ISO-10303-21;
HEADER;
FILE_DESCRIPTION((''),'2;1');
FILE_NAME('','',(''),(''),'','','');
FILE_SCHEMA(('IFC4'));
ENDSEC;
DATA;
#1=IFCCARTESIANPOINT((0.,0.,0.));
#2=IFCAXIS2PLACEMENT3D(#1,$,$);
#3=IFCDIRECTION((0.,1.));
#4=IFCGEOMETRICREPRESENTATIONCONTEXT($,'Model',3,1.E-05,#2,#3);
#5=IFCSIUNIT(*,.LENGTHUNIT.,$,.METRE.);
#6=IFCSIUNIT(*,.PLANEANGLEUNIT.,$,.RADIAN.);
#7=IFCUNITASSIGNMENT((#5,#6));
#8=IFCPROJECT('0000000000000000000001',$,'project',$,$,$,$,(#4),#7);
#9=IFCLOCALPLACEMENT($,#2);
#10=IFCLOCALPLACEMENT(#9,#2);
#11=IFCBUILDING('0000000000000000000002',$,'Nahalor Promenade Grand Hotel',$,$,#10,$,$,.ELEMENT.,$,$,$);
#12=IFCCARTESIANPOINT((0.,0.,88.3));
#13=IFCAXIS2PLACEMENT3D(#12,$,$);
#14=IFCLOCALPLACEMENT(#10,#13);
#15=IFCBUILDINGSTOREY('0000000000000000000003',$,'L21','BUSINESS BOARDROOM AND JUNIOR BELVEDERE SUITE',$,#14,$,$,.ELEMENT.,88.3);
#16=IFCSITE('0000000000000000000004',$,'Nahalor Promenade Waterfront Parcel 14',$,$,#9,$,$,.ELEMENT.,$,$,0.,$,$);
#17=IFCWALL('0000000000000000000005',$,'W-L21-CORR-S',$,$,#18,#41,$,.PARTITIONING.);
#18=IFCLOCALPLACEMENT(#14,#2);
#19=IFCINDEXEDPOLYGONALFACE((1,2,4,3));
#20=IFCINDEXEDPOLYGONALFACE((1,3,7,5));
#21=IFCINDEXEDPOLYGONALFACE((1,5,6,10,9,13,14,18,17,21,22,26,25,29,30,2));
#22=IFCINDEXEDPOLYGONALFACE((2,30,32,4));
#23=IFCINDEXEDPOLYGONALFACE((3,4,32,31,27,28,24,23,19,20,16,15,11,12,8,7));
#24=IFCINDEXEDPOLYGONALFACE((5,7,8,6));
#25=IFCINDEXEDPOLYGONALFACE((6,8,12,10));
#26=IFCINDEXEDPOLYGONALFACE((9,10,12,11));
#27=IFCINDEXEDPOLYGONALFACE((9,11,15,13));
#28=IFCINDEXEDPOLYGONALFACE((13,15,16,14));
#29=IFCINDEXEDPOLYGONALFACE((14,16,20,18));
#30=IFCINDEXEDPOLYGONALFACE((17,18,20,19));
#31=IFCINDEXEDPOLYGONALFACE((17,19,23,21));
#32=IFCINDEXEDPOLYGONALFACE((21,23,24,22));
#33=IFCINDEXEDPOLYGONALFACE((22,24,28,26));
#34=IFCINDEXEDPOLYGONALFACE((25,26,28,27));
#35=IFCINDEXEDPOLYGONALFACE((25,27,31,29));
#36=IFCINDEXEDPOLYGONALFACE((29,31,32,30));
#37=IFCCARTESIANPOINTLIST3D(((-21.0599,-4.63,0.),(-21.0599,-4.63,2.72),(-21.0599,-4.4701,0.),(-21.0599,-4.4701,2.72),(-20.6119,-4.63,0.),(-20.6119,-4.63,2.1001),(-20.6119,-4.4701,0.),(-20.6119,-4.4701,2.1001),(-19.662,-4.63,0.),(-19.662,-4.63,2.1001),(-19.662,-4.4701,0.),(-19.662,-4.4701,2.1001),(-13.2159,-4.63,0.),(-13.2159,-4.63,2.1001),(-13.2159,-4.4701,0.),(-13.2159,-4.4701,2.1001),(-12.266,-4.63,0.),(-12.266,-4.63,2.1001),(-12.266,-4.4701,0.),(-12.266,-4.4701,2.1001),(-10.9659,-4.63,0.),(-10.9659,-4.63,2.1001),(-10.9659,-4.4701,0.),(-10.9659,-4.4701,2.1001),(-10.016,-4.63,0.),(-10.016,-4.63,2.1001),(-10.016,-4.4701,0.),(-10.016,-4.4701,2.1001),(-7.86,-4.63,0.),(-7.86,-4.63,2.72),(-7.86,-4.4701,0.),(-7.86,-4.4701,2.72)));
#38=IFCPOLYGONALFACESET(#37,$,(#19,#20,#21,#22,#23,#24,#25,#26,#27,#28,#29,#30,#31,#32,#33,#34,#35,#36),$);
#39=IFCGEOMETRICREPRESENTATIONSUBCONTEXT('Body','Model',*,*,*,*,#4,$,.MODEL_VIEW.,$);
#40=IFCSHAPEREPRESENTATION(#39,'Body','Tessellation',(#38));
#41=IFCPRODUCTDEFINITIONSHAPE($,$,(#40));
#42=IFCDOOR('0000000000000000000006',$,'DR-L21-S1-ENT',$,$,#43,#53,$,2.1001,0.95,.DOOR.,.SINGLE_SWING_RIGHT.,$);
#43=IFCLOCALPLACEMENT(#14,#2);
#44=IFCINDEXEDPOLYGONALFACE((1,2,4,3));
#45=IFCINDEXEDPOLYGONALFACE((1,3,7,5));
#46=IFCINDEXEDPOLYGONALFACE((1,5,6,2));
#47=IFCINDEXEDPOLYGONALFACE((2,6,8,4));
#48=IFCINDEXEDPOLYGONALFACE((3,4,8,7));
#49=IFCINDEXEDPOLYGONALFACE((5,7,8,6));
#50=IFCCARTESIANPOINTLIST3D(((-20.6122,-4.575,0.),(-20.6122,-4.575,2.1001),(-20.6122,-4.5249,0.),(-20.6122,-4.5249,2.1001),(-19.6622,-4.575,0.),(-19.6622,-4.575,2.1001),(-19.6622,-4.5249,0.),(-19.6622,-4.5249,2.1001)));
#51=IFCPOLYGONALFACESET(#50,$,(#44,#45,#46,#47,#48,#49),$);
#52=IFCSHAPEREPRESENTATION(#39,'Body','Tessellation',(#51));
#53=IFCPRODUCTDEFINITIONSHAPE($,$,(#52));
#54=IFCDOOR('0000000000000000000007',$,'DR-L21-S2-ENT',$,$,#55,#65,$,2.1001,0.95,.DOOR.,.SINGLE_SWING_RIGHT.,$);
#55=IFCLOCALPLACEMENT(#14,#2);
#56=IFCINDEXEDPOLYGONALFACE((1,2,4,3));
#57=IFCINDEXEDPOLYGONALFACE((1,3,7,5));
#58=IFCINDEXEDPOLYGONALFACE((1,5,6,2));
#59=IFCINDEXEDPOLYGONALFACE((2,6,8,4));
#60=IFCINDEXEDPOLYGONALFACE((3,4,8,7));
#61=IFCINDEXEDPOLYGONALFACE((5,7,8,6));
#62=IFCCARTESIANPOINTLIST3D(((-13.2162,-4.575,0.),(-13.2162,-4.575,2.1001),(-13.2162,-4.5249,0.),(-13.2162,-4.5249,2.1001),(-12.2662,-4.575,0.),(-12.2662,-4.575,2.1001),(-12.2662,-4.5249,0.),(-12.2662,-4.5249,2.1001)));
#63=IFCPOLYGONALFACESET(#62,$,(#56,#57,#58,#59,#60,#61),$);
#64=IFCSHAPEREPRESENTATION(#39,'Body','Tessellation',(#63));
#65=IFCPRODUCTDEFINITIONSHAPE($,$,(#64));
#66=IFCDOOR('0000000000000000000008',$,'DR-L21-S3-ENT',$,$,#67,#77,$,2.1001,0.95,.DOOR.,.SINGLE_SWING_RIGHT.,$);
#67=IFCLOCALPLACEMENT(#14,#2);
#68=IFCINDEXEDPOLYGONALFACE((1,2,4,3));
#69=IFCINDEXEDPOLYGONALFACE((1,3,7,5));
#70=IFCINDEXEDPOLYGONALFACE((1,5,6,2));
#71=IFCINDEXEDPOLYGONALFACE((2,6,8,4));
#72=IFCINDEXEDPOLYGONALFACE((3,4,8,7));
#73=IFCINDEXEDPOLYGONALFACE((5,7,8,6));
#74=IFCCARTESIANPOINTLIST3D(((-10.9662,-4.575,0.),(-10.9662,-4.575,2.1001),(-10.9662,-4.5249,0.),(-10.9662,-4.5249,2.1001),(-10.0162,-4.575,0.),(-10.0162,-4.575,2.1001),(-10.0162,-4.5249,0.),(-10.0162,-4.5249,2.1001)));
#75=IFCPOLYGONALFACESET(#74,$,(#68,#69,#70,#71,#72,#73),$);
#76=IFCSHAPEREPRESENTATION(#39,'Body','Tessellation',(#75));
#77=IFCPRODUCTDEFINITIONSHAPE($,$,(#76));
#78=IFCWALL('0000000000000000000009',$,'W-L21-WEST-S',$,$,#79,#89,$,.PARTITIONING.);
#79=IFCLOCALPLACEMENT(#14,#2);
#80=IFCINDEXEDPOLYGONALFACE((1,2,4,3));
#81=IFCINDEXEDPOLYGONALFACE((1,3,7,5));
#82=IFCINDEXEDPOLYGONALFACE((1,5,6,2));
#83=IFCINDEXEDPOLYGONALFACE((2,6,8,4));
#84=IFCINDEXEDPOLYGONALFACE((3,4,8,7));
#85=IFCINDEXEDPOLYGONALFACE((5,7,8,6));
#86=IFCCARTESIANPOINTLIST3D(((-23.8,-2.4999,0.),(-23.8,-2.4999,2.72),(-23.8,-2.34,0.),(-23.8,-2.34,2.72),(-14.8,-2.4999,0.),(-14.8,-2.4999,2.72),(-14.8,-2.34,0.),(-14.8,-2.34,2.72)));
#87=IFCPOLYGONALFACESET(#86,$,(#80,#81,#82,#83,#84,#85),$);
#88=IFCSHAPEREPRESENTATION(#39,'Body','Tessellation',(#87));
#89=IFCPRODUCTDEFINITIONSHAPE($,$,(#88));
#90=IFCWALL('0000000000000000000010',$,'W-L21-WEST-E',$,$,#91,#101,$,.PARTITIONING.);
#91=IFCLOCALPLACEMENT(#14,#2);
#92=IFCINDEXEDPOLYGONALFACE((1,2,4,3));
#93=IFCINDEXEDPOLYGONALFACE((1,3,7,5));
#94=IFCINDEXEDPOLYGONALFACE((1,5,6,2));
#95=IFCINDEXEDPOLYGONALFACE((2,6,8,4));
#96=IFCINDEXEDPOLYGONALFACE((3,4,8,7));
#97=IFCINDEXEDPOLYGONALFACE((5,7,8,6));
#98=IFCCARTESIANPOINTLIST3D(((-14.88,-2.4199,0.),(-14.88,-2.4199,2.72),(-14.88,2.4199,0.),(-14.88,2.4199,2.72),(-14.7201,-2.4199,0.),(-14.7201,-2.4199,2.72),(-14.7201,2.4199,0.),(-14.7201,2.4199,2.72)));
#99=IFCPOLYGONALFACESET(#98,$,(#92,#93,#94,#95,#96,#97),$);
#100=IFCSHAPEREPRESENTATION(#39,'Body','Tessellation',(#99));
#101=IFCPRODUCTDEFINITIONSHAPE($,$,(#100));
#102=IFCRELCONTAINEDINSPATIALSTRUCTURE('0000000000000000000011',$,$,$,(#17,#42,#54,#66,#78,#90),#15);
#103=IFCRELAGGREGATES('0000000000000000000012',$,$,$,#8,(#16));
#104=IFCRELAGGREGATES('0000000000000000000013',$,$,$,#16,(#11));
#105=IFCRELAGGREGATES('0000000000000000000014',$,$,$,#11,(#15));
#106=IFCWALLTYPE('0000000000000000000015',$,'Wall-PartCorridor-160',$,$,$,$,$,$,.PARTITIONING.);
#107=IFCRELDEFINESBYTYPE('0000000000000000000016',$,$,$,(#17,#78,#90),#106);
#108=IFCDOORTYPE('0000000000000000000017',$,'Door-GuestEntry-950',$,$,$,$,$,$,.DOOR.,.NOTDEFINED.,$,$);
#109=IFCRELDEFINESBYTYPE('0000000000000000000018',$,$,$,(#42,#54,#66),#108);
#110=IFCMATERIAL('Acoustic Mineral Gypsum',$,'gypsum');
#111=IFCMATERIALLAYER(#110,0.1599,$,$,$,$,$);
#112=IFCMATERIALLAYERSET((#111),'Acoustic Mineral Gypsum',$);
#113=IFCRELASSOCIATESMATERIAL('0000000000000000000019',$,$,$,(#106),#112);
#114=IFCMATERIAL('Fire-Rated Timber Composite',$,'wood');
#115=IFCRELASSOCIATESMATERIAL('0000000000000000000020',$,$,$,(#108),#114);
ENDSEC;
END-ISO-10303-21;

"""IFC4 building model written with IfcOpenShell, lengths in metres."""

from ifc_helpers import new_model, si_unit, direction, frame, frame_2d, origin, place, context, subcontext, project, spatial, rectangle, extrude, source, transform, mapped, material, layer, layer_set, type_object, element, fill, save


model = new_model("IFC4")

# Units and contexts
model_context = context("Model", 3, precision=1e-05, world=origin(), true_north=direction((0.0, 1.0)))
body_context = subcontext(model_context, "Body", "Model", "MODEL_VIEW")
ifc_project = project(units=[si_unit("LENGTHUNIT", "METRE"), si_unit("PLANEANGLEUNIT", "RADIAN")], contexts=[model_context])

# Site, building, storey
site_placement = place(None, origin())
site = spatial("IfcSite", under=ifc_project, at=site_placement, Name="Nahalor Promenade Waterfront Parcel 14", CompositionType="ELEMENT", RefElevation=0.0)
building_placement = place(site_placement, origin())
building = spatial("IfcBuilding", under=site, at=building_placement, Name="Nahalor Promenade Grand Hotel", CompositionType="ELEMENT")
storey_placement = place(building_placement, frame((0.0, 0.0, 88.3)))
storey = spatial("IfcBuildingStorey", under=building, at=storey_placement, Name="L21", Description="BUSINESS BOARDROOM AND JUNIOR BELVEDERE SUITE", CompositionType="ELEMENT", Elevation=88.3)

# Wall, openings, doors
ifc_material_1 = material(Name="Acoustic Mineral Gypsum", Category="gypsum")
ifc_layer_1 = layer(ifc_material_1, 0.1599)
ifc_layer_set_1 = layer_set([ifc_layer_1], Name="Acoustic Mineral Gypsum")
wall_type = type_object("IfcWallType", Name="Wall-PartCorridor-160", PredefinedType="PARTITIONING", material=ifc_layer_set_1)
shared_shape_1 = source(origin(), body_context, "Body", "SweptSolid", [
    extrude(rectangle(XDim=13.2, YDim=0.1599, at=frame_2d((6.6001, 0.0))), origin(), (0.0, 0.0, 1.0), 2.72),
])
wall_1_placement = place(storey_placement, frame((-21.0601, -4.55, 0.0), z_axis=(0.0, 0.0, 1.0), x_axis=(1.0, 0.0, 0.0)))
wall_1 = element("IfcWall", 1, at=wall_1_placement, inside=storey, type_object=wall_type, Name="W-L21-CORR-S", PredefinedType="PARTITIONING", context=body_context, shape_type="MappedRepresentation", body=[
    mapped(shared_shape_1, transform((0.0, 0.0, 0.0), scale=1.0)),
])
opening_1_placement = place(wall_1_placement, frame((0.448, 0.0, 0.0)))
opening_1 = element("IfcOpeningElement", 2, at=opening_1_placement, cuts=wall_1, PredefinedType="OPENING", context=body_context, shape_type="SweptSolid", body=[
    extrude(rectangle(XDim=0.95, YDim=2.1001, at=frame_2d((0.4751, 1.05))), frame((0.0, 0.0898, 0.0), z_axis=(0.0, -1.0, 0.0), x_axis=(1.0, 0.0, 0.0)), (0.0, 0.0, 1.0), 0.1799),
])
opening_2_placement = place(wall_1_placement, frame((7.844, 0.0, 0.0)))
opening_2 = element("IfcOpeningElement", 3, at=opening_2_placement, cuts=wall_1, PredefinedType="OPENING", context=body_context, shape_type="SweptSolid", body=[
    extrude(rectangle(XDim=0.95, YDim=2.1001, at=frame_2d((0.4751, 1.05))), frame((0.0, 0.0898, 0.0), z_axis=(0.0, -1.0, 0.0), x_axis=(1.0, 0.0, 0.0)), (0.0, 0.0, 1.0), 0.1799),
])
opening_3_placement = place(wall_1_placement, frame((10.094, 0.0, 0.0)))
opening_3 = element("IfcOpeningElement", 4, at=opening_3_placement, cuts=wall_1, PredefinedType="OPENING", context=body_context, shape_type="SweptSolid", body=[
    extrude(rectangle(XDim=0.95, YDim=2.1001, at=frame_2d((0.4751, 1.05))), frame((0.0, 0.0898, 0.0), z_axis=(0.0, -1.0, 0.0), x_axis=(1.0, 0.0, 0.0)), (0.0, 0.0, 1.0), 0.1799),
])
ifc_material_2 = material(Name="Fire-Rated Timber Composite", Category="wood")
door_type = type_object("IfcDoorType", Name="Door-GuestEntry-950", OperationType="NOTDEFINED", PredefinedType="DOOR", material=ifc_material_2)
shared_shape_2 = source(origin(), body_context, "Body", "SweptSolid", [
    extrude(rectangle(XDim=0.95, YDim=2.1001, at=frame_2d((0.4751, 1.05))), frame((0.0, 0.0249, 0.0), z_axis=(0.0, -1.0, 0.0), x_axis=(1.0, 0.0, 0.0)), (0.0, 0.0, 1.0), 0.05),
])
door_1_placement = place(opening_1_placement, frame((0.95, 0.0, 0.0), z_axis=(0.0, 0.0, 1.0), x_axis=(-1.0, 0.0, 0.0)))
door_1 = element("IfcDoor", 5, at=door_1_placement, inside=storey, type_object=door_type, Name="DR-L21-S1-ENT", OperationType="SINGLE_SWING_RIGHT", OverallHeight=2.1001, OverallWidth=0.95, PredefinedType="DOOR", context=body_context, shape_type="MappedRepresentation", body=[
    mapped(shared_shape_2, transform((0.0, 0.0, 0.0), scale=1.0)),
])
fill(opening_1, door_1)
door_2_placement = place(opening_2_placement, frame((0.95, 0.0, 0.0), z_axis=(0.0, 0.0, 1.0), x_axis=(-1.0, 0.0, 0.0)))
door_2 = element("IfcDoor", 6, at=door_2_placement, inside=storey, type_object=door_type, Name="DR-L21-S2-ENT", OperationType="SINGLE_SWING_RIGHT", OverallHeight=2.1001, OverallWidth=0.95, PredefinedType="DOOR", context=body_context, shape_type="MappedRepresentation", body=[
    mapped(shared_shape_2, transform((0.0, 0.0, 0.0), scale=1.0)),
])
fill(opening_2, door_2)
door_3_placement = place(opening_3_placement, frame((0.95, 0.0, 0.0), z_axis=(0.0, 0.0, 1.0), x_axis=(-1.0, 0.0, 0.0)))
door_3 = element("IfcDoor", 7, at=door_3_placement, inside=storey, type_object=door_type, Name="DR-L21-S3-ENT", OperationType="SINGLE_SWING_RIGHT", OverallHeight=2.1001, OverallWidth=0.95, PredefinedType="DOOR", context=body_context, shape_type="MappedRepresentation", body=[
    mapped(shared_shape_2, transform((0.0, 0.0, 0.0), scale=1.0)),
])
fill(opening_3, door_3)

# Walls
shared_shape_3 = source(origin(), body_context, "Body", "SweptSolid", [
    extrude(rectangle(XDim=9.0, YDim=0.1599, at=frame_2d((4.5, 0.0))), origin(), (0.0, 0.0, 1.0), 2.72),
])
wall_2_placement = place(storey_placement, frame((-23.8, -2.4199, 0.0), z_axis=(0.0, 0.0, 1.0), x_axis=(1.0, 0.0, 0.0)))
element("IfcWall", 8, at=wall_2_placement, inside=storey, type_object=wall_type, Name="W-L21-WEST-S", PredefinedType="PARTITIONING", context=body_context, shape_type="MappedRepresentation", body=[
    mapped(shared_shape_3, transform((0.0, 0.0, 0.0), scale=1.0)),
])
shared_shape_4 = source(origin(), body_context, "Body", "SweptSolid", [
    extrude(rectangle(XDim=4.8398, YDim=0.1599, at=frame_2d((2.4199, 0.0))), origin(), (0.0, 0.0, 1.0), 2.72),
])
wall_3_placement = place(storey_placement, frame((-14.8, -2.4199, 0.0), z_axis=(0.0, 0.0, 1.0), x_axis=(0.0, 1.0, 0.0)))
element("IfcWall", 9, at=wall_3_placement, inside=storey, type_object=wall_type, Name="W-L21-WEST-E", PredefinedType="PARTITIONING", context=body_context, shape_type="MappedRepresentation", body=[
    mapped(shared_shape_4, transform((0.0, 0.0, 0.0), scale=1.0)),
])

save(model, "model.ifc")
